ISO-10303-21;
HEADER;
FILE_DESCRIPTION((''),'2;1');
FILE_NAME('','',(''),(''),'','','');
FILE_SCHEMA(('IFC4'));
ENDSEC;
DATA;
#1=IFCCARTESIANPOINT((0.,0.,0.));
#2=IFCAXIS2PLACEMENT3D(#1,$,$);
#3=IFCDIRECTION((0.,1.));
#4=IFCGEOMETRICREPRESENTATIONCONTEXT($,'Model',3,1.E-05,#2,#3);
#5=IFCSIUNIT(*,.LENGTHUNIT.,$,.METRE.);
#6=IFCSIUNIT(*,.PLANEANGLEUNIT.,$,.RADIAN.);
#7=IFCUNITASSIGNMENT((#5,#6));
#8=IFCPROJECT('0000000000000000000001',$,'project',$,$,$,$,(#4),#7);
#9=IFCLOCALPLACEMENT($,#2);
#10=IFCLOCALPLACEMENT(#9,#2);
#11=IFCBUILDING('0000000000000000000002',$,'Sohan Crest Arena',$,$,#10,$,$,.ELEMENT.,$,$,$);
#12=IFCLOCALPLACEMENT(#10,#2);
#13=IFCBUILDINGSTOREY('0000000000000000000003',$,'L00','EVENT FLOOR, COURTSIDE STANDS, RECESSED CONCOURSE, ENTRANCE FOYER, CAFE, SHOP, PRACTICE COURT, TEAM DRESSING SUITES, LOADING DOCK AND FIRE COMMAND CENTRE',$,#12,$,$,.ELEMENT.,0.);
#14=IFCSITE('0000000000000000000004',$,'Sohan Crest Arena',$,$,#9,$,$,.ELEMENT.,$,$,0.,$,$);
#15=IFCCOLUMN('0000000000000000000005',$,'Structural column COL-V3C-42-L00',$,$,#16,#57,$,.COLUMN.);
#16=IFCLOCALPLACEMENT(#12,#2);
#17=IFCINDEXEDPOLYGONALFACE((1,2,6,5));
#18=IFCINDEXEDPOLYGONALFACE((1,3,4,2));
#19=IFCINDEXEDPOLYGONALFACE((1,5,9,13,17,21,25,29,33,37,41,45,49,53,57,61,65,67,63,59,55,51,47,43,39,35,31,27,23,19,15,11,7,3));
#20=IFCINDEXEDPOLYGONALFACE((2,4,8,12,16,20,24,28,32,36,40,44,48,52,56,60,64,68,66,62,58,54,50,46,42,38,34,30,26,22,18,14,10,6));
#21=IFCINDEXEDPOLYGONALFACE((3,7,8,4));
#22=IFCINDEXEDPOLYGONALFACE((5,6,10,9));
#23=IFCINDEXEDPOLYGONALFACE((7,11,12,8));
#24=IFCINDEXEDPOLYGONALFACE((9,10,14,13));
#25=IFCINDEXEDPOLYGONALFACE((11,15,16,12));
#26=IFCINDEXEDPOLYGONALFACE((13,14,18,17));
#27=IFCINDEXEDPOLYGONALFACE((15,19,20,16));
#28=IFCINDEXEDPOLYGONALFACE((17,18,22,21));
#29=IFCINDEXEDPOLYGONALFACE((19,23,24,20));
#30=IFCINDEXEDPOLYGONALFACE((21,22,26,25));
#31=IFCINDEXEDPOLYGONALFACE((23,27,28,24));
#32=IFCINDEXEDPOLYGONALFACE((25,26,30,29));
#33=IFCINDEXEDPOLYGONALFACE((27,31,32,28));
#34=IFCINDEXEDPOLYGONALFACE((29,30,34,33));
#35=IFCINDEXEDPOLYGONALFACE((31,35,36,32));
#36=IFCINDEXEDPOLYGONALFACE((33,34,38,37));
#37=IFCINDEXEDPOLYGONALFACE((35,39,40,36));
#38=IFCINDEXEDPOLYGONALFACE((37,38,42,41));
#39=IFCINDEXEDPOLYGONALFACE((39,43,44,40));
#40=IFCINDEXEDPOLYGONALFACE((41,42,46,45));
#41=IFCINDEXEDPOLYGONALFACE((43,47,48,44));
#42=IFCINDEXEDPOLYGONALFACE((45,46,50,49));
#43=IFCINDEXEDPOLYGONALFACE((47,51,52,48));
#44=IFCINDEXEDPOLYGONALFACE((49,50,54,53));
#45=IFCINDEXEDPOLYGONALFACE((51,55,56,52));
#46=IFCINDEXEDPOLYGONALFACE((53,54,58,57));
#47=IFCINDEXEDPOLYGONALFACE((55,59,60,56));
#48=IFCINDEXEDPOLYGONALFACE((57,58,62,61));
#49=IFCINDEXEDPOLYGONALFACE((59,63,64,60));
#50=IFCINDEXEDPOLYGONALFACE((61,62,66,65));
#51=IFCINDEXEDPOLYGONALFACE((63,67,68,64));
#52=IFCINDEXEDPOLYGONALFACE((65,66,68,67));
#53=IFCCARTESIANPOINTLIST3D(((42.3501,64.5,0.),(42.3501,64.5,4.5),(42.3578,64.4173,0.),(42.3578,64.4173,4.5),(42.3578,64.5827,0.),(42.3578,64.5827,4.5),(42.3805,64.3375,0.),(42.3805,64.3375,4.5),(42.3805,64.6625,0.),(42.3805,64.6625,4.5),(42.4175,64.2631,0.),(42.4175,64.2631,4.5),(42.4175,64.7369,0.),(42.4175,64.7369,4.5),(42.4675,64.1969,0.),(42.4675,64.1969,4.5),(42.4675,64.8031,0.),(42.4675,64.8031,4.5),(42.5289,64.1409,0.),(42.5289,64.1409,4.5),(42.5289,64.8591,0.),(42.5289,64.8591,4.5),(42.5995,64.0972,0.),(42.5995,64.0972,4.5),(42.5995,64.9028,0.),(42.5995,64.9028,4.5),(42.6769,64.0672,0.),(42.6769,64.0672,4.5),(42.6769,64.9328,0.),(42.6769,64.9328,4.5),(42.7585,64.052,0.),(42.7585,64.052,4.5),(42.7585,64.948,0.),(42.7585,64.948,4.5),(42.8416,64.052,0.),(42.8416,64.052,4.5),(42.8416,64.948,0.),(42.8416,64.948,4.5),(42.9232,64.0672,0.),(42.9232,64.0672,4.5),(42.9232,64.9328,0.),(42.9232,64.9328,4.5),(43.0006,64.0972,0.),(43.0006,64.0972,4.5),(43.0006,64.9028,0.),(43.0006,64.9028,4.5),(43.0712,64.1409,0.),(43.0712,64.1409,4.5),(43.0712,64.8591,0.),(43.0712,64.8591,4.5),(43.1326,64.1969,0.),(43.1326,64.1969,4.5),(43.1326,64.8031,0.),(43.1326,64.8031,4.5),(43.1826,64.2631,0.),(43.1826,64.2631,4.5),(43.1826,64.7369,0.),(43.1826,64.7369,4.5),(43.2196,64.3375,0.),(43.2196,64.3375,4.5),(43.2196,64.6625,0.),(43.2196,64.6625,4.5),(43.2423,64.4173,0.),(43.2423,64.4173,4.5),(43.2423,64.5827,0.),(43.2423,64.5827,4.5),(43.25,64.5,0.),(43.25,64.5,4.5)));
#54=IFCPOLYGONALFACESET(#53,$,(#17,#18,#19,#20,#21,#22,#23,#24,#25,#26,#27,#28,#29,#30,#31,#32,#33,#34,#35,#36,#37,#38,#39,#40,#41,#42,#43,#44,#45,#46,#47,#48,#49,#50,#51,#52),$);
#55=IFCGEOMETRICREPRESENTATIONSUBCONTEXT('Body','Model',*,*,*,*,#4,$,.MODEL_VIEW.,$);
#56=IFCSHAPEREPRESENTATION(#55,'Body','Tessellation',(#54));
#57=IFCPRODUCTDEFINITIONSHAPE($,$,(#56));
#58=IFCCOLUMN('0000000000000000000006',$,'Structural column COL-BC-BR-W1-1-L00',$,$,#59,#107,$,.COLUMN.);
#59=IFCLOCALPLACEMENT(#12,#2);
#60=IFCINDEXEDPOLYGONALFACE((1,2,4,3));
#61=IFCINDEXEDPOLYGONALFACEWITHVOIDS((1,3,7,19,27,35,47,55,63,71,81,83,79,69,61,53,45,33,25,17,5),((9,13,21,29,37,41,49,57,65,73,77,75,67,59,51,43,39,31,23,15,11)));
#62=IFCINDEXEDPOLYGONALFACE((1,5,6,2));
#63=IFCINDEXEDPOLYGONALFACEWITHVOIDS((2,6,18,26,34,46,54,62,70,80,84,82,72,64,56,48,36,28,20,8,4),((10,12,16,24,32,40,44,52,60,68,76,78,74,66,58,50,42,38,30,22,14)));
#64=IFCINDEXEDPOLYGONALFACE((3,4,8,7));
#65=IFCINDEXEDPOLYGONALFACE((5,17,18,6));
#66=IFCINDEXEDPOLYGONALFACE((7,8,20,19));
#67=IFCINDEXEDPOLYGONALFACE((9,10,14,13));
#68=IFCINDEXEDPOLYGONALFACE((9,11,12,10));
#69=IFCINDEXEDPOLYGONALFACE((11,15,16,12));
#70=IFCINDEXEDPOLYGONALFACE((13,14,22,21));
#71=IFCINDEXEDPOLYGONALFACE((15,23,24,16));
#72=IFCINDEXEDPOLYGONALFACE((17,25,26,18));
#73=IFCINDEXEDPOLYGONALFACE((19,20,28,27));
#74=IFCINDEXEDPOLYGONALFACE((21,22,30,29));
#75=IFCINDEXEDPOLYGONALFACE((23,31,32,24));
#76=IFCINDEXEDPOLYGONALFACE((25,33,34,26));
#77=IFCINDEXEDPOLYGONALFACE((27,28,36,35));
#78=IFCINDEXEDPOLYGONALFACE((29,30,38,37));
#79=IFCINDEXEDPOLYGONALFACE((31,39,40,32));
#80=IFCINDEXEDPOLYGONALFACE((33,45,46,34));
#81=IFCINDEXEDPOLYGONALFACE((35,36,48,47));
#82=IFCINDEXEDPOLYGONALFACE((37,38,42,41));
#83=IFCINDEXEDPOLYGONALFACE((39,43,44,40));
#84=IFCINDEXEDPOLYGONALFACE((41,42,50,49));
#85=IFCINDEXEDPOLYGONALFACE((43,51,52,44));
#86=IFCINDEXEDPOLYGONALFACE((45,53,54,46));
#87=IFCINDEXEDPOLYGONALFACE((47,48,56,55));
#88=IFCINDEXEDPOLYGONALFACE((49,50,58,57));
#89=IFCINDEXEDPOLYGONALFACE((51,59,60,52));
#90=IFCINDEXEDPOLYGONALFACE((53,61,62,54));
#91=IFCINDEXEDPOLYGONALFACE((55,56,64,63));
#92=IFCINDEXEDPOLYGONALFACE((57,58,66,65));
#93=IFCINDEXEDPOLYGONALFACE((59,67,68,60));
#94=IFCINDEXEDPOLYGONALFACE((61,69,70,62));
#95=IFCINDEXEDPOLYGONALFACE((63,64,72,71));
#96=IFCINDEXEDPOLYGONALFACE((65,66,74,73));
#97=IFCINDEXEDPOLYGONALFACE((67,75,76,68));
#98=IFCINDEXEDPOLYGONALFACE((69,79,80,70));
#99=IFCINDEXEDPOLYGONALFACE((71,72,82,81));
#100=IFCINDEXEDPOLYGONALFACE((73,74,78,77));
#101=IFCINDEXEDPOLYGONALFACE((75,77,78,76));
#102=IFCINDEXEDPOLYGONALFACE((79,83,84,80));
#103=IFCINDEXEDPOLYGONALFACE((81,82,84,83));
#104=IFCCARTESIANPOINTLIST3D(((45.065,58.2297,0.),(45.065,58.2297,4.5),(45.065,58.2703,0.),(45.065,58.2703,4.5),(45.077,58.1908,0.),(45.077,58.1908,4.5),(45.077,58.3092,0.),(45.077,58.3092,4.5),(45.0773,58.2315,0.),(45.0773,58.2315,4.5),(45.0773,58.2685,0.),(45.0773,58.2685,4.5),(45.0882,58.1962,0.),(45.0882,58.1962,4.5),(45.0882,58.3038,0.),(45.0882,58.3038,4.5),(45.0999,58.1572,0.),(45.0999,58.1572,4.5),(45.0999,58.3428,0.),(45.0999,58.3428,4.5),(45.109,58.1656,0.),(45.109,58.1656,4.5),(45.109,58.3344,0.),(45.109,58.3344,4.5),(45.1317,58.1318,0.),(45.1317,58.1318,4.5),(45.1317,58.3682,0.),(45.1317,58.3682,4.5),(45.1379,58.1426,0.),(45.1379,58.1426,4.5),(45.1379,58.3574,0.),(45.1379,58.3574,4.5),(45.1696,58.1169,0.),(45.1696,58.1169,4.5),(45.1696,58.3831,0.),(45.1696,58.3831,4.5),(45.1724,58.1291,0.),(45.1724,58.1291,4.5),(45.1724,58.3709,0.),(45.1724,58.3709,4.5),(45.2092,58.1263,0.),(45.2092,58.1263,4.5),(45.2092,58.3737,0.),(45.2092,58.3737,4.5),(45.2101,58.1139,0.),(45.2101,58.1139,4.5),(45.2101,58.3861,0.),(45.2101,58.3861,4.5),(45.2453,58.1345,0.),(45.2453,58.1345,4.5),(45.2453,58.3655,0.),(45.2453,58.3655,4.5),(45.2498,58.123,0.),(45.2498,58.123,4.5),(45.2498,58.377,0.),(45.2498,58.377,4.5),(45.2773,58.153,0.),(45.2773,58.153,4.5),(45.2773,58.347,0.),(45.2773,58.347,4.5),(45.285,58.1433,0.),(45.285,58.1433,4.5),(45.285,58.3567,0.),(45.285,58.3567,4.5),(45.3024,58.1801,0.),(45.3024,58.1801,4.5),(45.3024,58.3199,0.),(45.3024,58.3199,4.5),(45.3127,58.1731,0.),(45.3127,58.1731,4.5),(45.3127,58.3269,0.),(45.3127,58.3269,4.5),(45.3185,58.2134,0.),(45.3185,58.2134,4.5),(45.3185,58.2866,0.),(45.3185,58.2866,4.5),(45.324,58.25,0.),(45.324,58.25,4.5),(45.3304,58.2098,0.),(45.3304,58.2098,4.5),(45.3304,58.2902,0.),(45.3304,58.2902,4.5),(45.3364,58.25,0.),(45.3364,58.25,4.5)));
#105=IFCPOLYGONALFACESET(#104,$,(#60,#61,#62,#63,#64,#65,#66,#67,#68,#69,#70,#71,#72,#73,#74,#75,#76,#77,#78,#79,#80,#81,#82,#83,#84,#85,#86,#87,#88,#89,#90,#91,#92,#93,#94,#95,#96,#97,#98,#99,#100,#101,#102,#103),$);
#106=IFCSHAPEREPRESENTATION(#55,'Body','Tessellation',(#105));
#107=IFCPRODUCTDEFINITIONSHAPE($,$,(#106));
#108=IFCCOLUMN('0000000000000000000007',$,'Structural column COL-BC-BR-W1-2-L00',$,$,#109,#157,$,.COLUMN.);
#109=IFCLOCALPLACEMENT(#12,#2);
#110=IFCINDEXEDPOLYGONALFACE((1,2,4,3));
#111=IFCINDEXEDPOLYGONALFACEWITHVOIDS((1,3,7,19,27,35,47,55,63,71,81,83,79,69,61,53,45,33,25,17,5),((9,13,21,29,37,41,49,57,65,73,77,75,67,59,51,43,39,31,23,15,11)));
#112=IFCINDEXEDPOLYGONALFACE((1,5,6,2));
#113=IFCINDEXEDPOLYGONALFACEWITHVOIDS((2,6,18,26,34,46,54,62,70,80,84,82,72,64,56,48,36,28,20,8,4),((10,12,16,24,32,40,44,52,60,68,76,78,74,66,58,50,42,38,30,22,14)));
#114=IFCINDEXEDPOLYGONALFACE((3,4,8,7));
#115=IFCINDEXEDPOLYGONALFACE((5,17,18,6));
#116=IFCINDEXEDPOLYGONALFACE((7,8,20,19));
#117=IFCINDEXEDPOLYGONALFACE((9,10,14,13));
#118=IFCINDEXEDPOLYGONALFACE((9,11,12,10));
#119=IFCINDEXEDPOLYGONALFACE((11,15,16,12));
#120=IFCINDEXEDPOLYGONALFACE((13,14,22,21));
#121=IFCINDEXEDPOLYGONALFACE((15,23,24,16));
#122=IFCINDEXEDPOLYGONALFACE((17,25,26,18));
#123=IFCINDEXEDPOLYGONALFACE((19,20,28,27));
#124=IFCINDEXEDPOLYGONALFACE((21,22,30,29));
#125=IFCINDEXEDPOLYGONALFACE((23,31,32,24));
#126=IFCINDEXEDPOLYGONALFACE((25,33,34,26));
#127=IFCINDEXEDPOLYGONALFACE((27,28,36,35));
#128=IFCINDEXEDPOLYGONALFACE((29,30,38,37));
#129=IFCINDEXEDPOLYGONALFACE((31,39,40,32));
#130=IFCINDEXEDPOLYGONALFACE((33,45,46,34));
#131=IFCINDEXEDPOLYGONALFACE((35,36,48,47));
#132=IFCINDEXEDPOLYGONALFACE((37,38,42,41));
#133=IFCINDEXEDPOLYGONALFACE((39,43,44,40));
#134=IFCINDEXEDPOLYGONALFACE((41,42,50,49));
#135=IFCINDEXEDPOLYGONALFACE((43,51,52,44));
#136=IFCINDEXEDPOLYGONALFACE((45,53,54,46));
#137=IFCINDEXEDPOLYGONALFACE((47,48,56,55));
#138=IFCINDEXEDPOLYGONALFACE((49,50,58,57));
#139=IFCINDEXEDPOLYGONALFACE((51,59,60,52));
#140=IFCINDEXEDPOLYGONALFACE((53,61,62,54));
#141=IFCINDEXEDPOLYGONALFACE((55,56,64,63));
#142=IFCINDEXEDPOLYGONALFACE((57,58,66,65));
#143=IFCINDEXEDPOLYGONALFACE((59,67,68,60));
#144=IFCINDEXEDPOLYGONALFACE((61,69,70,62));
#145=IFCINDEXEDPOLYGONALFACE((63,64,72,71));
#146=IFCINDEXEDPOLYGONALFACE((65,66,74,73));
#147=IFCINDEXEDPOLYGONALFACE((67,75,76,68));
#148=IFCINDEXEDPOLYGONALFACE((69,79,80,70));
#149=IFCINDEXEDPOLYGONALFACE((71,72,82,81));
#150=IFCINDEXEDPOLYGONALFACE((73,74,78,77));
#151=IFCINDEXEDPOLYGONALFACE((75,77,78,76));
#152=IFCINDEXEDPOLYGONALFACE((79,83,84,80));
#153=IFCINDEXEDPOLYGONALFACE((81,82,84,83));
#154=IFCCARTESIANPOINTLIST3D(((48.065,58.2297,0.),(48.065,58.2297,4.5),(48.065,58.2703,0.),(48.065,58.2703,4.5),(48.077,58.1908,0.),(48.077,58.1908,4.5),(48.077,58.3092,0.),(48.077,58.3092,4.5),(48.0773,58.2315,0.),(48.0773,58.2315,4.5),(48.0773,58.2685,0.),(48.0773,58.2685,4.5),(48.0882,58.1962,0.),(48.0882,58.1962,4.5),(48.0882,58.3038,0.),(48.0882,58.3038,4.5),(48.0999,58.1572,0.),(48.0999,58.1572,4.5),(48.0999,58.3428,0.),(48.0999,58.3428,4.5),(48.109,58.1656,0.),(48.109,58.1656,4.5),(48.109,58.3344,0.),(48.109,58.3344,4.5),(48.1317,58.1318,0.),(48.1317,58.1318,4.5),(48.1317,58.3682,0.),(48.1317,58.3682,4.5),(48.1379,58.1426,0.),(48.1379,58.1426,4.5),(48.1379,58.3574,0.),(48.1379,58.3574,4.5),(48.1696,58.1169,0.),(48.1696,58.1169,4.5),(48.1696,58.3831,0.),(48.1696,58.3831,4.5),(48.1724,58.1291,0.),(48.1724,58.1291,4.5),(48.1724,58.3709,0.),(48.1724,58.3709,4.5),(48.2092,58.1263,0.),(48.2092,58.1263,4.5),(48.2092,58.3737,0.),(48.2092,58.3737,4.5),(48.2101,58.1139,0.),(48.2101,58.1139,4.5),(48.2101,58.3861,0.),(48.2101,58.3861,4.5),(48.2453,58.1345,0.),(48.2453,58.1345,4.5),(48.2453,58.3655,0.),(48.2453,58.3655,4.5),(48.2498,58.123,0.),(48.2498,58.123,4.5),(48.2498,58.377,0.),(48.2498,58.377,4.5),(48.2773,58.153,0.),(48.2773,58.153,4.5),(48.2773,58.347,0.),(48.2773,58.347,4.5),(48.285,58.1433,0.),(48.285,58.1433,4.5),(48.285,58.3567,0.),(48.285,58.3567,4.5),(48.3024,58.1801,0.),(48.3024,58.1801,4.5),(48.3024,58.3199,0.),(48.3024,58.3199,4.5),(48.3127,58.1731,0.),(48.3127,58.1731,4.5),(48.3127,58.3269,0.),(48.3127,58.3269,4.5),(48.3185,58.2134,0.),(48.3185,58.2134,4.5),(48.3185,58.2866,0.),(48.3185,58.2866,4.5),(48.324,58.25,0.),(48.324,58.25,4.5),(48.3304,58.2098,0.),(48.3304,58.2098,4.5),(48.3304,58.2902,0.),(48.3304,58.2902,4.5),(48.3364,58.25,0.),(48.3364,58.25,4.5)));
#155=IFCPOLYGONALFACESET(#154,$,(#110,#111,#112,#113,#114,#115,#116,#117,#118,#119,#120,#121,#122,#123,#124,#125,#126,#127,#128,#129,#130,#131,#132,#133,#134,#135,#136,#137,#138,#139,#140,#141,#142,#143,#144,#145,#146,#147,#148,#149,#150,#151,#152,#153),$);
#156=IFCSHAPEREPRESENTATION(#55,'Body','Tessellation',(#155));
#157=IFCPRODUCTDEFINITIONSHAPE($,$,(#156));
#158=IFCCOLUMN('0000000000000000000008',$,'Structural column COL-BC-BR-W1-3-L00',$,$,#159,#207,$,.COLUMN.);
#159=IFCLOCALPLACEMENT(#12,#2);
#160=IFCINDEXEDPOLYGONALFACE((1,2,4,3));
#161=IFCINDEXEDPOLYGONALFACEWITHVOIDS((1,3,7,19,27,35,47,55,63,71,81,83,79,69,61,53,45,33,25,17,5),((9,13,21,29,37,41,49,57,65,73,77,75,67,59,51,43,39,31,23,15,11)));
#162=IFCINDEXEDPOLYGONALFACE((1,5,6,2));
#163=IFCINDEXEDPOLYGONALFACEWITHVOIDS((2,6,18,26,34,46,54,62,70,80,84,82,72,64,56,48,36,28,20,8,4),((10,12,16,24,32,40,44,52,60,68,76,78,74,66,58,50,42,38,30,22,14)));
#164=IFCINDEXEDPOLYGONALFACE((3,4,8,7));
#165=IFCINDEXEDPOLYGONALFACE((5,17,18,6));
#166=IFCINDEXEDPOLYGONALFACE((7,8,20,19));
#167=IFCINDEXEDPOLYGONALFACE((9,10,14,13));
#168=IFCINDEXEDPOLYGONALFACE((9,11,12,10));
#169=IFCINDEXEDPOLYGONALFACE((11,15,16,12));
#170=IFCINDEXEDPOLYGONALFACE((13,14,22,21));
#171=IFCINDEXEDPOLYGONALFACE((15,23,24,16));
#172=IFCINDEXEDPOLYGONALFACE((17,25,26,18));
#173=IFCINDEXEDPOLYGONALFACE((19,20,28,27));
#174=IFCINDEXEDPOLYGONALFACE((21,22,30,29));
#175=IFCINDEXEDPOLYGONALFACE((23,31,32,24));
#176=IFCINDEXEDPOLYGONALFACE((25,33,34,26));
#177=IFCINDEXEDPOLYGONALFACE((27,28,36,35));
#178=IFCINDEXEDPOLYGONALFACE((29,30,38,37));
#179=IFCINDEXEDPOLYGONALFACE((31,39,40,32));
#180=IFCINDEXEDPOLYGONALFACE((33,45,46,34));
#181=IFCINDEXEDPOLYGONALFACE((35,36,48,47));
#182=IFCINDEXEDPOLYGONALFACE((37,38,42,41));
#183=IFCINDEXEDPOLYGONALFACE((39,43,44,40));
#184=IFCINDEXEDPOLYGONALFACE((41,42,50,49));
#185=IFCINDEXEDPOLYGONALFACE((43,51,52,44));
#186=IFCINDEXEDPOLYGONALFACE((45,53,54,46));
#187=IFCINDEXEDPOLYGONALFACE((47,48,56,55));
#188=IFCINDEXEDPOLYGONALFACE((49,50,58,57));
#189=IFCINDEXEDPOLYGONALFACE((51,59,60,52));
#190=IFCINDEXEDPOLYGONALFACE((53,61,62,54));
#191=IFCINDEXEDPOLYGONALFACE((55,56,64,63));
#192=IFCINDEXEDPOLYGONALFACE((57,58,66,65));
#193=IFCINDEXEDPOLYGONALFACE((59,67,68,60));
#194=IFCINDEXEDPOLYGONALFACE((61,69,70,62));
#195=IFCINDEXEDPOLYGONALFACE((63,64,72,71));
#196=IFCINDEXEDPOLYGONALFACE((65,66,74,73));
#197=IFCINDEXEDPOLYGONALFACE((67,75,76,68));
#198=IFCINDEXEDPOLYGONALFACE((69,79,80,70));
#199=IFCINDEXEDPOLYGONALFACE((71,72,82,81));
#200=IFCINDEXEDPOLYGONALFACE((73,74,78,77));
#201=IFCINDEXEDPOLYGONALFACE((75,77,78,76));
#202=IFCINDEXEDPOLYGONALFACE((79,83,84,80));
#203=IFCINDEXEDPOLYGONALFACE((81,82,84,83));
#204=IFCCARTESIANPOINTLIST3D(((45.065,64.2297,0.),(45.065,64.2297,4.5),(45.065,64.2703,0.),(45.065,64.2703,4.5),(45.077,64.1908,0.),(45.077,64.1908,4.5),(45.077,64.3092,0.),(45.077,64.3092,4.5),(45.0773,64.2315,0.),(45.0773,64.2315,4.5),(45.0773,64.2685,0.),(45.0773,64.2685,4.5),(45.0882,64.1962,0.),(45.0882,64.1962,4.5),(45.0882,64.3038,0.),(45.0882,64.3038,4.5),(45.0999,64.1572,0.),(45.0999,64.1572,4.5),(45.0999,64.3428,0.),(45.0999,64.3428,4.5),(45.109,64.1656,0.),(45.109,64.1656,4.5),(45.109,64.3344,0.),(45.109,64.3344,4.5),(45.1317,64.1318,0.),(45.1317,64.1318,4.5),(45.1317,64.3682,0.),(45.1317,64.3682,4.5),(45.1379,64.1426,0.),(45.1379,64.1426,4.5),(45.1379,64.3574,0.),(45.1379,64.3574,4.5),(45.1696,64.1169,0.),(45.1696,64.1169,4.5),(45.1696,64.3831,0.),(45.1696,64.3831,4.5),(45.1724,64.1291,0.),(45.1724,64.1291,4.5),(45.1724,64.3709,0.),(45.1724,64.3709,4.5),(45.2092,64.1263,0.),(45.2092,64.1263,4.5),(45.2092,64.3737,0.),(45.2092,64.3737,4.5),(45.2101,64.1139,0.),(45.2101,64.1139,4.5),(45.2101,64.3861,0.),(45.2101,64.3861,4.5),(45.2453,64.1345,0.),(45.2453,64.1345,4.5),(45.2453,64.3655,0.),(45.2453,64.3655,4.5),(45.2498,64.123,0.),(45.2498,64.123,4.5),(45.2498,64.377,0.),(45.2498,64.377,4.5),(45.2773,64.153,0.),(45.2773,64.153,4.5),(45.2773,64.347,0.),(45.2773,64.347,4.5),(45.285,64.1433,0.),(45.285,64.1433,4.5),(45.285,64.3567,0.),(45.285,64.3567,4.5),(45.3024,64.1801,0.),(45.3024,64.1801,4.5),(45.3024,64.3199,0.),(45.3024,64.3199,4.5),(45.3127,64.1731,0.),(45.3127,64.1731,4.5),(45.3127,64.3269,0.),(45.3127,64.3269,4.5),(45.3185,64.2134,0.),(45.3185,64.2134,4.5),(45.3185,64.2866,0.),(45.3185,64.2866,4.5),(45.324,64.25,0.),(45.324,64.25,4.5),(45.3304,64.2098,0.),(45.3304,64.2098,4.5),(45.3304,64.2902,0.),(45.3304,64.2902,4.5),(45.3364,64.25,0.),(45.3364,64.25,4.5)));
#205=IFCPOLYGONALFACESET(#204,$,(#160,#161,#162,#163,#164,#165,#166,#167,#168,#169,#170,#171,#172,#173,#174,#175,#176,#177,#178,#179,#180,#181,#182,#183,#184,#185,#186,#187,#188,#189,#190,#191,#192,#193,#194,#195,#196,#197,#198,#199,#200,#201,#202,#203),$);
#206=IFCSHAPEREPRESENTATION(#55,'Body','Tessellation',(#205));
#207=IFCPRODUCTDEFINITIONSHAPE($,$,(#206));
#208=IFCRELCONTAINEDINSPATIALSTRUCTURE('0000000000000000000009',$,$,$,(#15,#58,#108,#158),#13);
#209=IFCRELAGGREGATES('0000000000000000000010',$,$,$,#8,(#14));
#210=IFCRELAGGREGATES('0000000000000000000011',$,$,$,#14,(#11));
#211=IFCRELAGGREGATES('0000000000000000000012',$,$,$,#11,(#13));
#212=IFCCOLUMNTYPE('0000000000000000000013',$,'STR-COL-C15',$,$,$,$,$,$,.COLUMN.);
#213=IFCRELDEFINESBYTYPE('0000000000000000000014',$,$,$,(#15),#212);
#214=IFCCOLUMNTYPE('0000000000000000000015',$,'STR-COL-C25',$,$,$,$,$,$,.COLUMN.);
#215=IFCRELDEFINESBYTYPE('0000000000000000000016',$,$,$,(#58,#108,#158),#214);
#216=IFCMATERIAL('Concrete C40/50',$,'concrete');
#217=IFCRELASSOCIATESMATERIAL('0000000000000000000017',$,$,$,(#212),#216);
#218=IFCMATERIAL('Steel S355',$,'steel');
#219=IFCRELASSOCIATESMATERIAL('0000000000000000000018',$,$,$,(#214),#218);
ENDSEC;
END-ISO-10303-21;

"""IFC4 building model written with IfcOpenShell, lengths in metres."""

from ifc_helpers import new_model, si_unit, direction, frame, origin, origin_2d, place, context, subcontext, project, spatial, circle, hollow_circle, extrude, material, material_profile, profile_set, type_object, element, save


model = new_model("IFC4")

# Units and contexts
model_context = context("Model", 3, precision=1e-05, world=origin(), true_north=direction((0.0, 1.0)))
body_context = subcontext(model_context, "Body", "Model", "MODEL_VIEW")
ifc_project = project(units=[si_unit("LENGTHUNIT", "METRE"), si_unit("PLANEANGLEUNIT", "RADIAN")], contexts=[model_context])

# Site, building, storey
site_placement = place(None, origin())
site = spatial("IfcSite", under=ifc_project, at=site_placement, Name="Sohan Crest Arena", CompositionType="ELEMENT", RefElevation=0.0)
building_placement = place(site_placement, origin())
building = spatial("IfcBuilding", under=site, at=building_placement, Name="Sohan Crest Arena", CompositionType="ELEMENT")
storey_placement = place(building_placement, origin())
storey = spatial("IfcBuildingStorey", under=building, at=storey_placement, Name="L00", Description="EVENT FLOOR, COURTSIDE STANDS, RECESSED CONCOURSE, ENTRANCE FOYER, CAFE, SHOP, PRACTICE COURT, TEAM DRESSING SUITES, LOADING DOCK AND FIRE COMMAND CENTRE", CompositionType="ELEMENT", Elevation=0.0)

# Columns
ifc_material_1 = material(Name="Concrete C40/50", Category="concrete")
ifc_material_profile_1 = material_profile(ifc_material_1, circle(Radius=0.45, at=origin_2d()), Name="RC D900")
ifc_profile_set_1 = profile_set([ifc_material_profile_1], Name="Concrete C40/50")
column_type_1 = type_object("IfcColumnType", Name="STR-COL-C15", PredefinedType="COLUMN", material=ifc_profile_set_1)
column_placement = place(storey_placement, frame((42.8, 64.5, 0.0), z_axis=(0.0, 0.0, 1.0), x_axis=(1.0, 0.0, 0.0)))
element("IfcColumn", 1, at=column_placement, inside=storey, type_object=column_type_1, Name="Structural column COL-V3C-42-L00", PredefinedType="COLUMN", context=body_context, shape_type="SweptSolid", body=[
    extrude(circle(Radius=0.45, at=origin_2d()), origin(), (0.0, 0.0, 1.0), 4.5),
])
ifc_material_2 = material(Name="Steel S355", Category="steel")
ifc_material_profile_2 = material_profile(ifc_material_2, hollow_circle(Radius=0.1365, WallThickness=0.0125, at=origin_2d()), Name="CHS 273x12.5")
ifc_profile_set_2 = profile_set([ifc_material_profile_2], Name="Steel S355")
column_type_2 = type_object("IfcColumnType", Name="STR-COL-C25", PredefinedType="COLUMN", material=ifc_profile_set_2)
for number, where, z_axis, x_axis, name in (
    (2, (45.2, 58.25, 0.0), (0.0, 0.0, 1.0), (1.0, 0.0, 0.0), "Structural column COL-BC-BR-W1-1-L00"),
    (3, (48.2, 58.25, 0.0), (0.0, 0.0, 1.0), (1.0, 0.0, 0.0), "Structural column COL-BC-BR-W1-2-L00"),
    (4, (45.2, 64.25, 0.0), (0.0, 0.0, 1.0), (1.0, 0.0, 0.0), "Structural column COL-BC-BR-W1-3-L00"),
):
    element("IfcColumn", number, at=place(storey_placement, frame(where, z_axis=z_axis, x_axis=x_axis)), inside=storey, type_object=column_type_2, Name=name, PredefinedType="COLUMN", context=body_context, shape_type="SweptSolid", body=[
        extrude(hollow_circle(Radius=0.1365, WallThickness=0.0125, at=origin_2d()), origin(), (0.0, 0.0, 1.0), 4.5),
    ])

save(model, "model.ifc")
